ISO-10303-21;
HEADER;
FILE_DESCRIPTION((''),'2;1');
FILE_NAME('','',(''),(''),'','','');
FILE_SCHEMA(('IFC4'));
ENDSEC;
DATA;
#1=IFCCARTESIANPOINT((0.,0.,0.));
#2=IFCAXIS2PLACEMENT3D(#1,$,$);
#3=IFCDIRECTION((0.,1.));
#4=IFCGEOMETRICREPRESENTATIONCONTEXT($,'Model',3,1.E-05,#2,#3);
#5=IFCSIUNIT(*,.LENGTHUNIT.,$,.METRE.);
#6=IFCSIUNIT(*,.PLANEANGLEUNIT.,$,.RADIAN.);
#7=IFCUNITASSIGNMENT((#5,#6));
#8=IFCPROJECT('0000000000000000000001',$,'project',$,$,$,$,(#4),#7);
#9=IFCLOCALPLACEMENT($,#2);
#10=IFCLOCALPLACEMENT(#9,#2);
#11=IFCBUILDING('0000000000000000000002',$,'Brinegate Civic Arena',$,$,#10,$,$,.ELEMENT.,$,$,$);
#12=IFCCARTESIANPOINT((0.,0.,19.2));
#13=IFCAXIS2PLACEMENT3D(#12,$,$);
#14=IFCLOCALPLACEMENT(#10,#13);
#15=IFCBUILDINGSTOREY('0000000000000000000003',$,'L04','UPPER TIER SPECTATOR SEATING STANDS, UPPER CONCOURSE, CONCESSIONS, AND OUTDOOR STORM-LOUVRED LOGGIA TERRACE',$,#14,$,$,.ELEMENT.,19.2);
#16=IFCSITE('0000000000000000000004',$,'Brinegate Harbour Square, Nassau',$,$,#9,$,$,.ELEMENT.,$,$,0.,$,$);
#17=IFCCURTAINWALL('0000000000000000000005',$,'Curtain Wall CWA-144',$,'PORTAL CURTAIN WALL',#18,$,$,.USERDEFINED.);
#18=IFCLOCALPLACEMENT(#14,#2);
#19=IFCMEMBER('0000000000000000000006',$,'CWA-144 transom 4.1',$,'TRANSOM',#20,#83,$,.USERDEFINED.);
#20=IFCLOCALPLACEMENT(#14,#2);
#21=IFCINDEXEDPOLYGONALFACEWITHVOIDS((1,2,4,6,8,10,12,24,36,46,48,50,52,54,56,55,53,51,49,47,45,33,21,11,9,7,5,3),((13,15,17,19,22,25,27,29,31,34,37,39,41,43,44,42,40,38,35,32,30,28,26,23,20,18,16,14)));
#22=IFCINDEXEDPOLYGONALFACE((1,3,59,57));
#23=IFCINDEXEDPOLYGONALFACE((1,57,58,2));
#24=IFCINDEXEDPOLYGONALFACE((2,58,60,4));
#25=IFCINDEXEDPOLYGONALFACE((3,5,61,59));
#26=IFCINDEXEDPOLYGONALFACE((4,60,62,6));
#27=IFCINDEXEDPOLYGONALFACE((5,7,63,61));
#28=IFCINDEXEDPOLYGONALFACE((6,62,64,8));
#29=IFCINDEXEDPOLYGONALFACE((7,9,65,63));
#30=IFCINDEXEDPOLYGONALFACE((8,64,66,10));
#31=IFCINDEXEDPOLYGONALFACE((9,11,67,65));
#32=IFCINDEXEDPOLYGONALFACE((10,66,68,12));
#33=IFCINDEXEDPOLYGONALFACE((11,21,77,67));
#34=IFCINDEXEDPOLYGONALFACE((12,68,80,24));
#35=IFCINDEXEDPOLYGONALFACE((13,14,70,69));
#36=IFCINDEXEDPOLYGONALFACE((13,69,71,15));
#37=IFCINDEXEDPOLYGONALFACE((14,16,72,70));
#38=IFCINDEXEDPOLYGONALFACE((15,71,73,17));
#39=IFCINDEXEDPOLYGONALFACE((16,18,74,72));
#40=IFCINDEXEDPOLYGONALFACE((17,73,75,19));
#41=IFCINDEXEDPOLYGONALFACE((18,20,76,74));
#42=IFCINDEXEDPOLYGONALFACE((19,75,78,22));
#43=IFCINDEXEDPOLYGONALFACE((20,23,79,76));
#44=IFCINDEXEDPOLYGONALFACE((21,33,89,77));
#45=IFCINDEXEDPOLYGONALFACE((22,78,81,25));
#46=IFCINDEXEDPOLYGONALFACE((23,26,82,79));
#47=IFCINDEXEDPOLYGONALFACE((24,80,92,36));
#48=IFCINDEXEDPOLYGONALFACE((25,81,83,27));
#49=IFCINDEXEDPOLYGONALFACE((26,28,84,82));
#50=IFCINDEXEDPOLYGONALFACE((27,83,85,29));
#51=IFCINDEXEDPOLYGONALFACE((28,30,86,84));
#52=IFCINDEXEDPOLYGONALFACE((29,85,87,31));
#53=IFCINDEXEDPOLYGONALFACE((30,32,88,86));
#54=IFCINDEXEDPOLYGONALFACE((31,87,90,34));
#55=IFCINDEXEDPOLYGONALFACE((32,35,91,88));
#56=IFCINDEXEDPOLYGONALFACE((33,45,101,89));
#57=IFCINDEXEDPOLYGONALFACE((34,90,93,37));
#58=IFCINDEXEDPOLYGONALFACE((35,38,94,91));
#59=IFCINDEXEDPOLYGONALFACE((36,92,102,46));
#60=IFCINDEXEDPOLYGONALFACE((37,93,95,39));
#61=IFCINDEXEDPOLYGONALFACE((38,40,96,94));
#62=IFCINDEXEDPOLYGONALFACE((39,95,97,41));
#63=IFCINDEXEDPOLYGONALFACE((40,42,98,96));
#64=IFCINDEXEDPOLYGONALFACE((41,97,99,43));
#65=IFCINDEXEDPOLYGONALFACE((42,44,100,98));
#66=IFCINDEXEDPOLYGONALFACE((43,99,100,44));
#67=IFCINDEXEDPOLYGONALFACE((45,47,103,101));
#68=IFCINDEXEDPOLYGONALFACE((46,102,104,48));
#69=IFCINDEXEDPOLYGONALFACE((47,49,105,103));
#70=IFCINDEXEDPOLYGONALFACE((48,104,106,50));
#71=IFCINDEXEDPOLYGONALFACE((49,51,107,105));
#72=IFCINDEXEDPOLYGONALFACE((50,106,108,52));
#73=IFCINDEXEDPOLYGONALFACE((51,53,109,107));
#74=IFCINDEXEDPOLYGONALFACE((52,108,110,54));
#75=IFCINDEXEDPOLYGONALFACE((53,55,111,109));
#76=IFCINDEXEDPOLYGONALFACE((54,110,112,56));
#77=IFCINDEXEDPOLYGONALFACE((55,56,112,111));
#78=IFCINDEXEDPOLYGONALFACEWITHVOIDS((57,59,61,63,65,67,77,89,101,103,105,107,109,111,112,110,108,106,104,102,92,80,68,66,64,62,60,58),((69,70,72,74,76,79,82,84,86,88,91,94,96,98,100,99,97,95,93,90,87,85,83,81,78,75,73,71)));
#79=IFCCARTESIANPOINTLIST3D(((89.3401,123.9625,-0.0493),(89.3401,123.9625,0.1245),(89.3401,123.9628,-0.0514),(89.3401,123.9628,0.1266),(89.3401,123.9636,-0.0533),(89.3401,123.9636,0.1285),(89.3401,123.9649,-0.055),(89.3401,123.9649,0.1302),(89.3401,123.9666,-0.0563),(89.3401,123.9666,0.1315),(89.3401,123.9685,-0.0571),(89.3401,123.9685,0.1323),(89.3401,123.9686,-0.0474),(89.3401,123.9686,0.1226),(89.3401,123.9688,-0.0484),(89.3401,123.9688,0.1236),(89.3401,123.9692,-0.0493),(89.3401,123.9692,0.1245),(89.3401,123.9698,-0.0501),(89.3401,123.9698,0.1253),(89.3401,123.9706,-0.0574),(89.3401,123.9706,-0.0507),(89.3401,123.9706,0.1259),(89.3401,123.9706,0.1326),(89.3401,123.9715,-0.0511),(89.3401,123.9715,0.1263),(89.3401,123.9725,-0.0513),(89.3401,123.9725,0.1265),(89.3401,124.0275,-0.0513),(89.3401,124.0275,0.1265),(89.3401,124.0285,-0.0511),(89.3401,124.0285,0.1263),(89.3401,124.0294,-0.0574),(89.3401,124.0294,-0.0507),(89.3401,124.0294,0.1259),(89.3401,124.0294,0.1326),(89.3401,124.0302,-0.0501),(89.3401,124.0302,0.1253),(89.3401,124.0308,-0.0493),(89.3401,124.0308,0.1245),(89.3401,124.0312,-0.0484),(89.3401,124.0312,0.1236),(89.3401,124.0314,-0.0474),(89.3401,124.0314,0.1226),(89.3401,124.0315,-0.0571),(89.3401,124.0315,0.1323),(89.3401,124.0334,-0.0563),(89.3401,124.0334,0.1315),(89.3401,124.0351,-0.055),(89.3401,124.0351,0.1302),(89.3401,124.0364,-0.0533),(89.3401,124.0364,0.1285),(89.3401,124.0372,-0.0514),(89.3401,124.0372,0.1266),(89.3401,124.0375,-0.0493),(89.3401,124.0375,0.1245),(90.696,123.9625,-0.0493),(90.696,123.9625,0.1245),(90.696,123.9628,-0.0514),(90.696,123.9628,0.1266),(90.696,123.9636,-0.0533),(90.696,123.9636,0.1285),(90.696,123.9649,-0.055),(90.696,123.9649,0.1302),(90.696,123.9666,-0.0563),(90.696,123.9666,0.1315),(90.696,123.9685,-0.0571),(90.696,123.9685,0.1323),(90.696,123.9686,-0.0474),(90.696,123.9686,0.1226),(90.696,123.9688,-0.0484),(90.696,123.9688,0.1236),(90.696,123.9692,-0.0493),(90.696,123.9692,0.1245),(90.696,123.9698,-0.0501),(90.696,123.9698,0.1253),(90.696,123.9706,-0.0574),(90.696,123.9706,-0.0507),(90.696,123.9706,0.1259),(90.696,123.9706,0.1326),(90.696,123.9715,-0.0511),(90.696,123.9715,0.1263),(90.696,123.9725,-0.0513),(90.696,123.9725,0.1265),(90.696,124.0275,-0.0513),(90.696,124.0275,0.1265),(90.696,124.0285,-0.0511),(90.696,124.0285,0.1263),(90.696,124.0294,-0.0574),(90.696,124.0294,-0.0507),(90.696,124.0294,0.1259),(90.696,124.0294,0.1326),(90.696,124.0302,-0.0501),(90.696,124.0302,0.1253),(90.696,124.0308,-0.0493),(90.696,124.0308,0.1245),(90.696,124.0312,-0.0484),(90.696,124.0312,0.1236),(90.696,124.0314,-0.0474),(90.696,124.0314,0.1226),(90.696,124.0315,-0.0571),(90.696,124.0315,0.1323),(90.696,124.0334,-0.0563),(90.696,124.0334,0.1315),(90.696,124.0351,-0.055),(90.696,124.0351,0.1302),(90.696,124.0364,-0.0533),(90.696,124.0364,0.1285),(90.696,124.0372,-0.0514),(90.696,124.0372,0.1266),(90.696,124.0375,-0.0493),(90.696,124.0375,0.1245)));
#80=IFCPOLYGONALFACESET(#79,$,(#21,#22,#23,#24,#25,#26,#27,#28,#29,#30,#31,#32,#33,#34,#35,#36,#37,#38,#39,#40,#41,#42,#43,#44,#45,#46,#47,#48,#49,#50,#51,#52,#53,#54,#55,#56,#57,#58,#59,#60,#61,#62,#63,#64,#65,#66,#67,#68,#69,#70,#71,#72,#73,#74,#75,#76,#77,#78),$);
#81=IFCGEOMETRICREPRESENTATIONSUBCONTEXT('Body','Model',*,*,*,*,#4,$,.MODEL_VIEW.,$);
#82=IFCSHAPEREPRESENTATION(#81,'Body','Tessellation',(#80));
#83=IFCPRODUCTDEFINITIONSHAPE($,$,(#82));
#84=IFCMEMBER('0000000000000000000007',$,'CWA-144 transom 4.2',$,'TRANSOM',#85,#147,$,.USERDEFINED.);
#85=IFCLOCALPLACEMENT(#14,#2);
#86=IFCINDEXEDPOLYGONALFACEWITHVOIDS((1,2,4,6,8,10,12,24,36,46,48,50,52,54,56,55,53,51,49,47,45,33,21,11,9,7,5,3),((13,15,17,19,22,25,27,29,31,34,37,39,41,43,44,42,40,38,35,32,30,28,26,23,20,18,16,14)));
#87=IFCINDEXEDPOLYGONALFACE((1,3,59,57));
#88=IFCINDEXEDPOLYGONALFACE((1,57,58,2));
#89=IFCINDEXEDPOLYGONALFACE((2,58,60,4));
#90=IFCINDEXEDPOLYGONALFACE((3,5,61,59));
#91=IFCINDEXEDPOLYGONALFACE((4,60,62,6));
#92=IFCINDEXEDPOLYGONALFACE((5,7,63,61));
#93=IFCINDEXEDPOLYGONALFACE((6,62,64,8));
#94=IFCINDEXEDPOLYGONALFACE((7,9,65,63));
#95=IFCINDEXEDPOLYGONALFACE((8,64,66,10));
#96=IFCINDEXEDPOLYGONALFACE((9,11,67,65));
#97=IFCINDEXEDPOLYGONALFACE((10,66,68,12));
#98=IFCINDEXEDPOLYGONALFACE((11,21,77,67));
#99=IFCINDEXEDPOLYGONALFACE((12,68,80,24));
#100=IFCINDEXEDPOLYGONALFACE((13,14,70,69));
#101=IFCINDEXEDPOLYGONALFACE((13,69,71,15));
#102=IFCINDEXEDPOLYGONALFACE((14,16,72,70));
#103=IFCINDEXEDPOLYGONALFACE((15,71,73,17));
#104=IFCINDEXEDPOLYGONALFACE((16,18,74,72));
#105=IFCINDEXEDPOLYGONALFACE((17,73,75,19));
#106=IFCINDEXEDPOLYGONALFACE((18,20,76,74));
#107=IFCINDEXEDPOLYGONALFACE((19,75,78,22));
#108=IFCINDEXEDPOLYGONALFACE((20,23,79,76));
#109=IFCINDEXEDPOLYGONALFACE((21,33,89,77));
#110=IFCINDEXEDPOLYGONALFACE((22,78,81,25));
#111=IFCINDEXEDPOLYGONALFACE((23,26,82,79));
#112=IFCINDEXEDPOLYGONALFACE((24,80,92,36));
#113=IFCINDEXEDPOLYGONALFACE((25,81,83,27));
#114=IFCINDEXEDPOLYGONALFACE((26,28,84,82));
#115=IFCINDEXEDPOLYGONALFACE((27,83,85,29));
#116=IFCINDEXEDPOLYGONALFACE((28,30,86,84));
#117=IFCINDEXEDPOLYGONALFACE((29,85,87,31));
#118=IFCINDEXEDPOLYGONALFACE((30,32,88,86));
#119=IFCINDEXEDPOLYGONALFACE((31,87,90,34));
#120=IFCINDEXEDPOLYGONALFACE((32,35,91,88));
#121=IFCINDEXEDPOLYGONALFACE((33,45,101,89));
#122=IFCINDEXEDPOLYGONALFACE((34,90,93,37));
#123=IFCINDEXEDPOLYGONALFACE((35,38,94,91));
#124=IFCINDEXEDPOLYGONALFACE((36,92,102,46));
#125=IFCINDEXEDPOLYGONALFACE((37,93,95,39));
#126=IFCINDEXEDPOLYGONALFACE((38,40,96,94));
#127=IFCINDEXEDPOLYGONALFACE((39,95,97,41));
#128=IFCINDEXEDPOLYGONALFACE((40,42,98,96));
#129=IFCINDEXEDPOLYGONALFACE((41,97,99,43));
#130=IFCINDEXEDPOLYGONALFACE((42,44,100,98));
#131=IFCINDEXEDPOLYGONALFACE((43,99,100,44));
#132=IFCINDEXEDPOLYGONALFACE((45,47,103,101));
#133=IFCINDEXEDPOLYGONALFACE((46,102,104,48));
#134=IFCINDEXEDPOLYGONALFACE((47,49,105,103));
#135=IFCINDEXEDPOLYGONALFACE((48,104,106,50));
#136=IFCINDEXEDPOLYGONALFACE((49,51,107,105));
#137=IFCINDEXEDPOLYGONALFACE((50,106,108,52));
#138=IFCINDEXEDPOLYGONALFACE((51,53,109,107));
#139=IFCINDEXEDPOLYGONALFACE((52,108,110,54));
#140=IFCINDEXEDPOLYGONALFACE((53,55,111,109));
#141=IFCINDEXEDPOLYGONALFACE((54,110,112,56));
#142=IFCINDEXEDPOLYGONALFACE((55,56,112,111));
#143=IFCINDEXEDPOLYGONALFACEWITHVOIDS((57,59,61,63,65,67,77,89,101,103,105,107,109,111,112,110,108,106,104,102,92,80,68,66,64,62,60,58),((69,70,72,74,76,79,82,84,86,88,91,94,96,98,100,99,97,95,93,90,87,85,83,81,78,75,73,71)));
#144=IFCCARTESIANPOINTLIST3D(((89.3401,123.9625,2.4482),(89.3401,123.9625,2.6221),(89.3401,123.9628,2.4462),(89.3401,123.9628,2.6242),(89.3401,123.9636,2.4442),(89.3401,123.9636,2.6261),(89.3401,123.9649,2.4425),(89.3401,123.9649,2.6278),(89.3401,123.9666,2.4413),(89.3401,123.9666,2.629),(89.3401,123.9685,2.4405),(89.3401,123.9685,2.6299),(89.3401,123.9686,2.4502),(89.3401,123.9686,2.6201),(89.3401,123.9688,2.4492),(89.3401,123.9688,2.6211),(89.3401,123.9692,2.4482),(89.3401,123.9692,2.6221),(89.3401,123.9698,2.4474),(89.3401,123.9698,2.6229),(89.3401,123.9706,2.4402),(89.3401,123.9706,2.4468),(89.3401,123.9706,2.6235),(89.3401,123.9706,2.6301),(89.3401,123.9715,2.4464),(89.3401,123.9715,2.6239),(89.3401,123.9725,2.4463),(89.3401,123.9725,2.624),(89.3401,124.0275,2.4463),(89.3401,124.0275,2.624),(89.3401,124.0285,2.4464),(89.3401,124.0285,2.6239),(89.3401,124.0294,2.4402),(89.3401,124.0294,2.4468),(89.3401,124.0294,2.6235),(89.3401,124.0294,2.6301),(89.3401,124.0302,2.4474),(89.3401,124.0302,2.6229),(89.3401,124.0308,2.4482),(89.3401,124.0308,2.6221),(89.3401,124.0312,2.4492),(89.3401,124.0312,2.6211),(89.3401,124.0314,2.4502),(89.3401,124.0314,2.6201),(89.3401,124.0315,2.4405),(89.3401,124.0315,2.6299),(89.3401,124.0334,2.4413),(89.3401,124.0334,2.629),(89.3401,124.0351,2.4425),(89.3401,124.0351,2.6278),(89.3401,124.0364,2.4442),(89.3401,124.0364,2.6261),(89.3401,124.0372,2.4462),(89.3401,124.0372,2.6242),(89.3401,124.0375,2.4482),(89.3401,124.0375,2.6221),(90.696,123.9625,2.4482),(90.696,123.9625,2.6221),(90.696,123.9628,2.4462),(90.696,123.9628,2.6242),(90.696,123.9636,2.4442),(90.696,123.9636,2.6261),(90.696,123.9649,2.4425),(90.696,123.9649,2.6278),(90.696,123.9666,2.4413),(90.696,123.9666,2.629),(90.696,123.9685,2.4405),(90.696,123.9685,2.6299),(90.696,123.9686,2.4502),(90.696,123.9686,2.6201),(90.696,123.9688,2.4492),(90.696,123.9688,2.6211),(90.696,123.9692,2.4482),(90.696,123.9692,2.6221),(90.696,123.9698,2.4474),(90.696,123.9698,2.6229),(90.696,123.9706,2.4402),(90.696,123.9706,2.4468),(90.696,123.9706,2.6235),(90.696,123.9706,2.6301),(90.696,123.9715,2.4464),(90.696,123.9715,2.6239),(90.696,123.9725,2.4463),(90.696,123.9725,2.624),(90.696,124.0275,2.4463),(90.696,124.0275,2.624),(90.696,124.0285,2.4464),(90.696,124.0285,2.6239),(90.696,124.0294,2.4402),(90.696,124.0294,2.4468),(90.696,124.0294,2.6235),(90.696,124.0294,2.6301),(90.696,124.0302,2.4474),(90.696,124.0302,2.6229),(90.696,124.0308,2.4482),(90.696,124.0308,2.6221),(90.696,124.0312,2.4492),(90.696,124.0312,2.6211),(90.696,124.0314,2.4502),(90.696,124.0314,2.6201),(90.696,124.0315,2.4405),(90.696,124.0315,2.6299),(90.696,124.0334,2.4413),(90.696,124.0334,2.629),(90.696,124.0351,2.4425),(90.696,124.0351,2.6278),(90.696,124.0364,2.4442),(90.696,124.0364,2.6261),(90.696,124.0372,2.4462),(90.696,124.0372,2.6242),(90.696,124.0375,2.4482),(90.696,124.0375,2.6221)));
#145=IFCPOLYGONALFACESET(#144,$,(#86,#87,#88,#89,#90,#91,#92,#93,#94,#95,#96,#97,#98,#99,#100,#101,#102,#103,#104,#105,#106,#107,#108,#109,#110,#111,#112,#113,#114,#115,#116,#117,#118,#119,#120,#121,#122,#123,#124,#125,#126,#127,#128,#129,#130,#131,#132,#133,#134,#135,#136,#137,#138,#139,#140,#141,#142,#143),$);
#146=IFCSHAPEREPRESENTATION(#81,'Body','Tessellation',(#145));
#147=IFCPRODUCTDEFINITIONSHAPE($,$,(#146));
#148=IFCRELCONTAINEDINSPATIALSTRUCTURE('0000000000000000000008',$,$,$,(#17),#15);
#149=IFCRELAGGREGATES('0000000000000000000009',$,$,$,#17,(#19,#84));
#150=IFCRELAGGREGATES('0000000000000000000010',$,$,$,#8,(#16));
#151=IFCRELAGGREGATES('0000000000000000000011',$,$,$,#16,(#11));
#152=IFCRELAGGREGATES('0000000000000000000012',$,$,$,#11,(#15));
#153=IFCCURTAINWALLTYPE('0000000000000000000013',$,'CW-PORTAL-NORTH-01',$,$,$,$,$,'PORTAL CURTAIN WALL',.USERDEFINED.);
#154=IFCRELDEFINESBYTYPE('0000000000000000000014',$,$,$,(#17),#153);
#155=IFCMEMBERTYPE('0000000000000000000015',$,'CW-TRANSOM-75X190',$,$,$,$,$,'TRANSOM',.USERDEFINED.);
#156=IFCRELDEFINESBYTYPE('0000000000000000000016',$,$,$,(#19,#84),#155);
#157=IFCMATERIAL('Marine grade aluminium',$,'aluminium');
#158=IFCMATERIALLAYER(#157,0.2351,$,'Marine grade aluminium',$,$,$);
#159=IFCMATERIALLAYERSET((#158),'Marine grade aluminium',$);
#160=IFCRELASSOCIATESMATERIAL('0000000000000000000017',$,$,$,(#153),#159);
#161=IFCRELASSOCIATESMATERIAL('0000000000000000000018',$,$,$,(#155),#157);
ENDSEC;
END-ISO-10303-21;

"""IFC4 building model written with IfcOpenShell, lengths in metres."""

from ifc_helpers import new_model, si_unit, direction, frame, origin, origin_2d, place, context, subcontext, project, spatial, hollow_rectangle, extrude, material, layer, layer_set, material_profile, profile_set, type_object, element, aggregate, save


model = new_model("IFC4")

# Units and contexts
model_context = context("Model", 3, precision=1e-05, world=origin(), true_north=direction((0.0, 1.0)))
body_context = subcontext(model_context, "Body", "Model", "MODEL_VIEW")
ifc_project = project(units=[si_unit("LENGTHUNIT", "METRE"), si_unit("PLANEANGLEUNIT", "RADIAN")], contexts=[model_context])

# Site, building, storey
site_placement = place(None, origin())
site = spatial("IfcSite", under=ifc_project, at=site_placement, Name="Brinegate Harbour Square, Nassau", CompositionType="ELEMENT", RefElevation=0.0)
building_placement = place(site_placement, origin())
building = spatial("IfcBuilding", under=site, at=building_placement, Name="Brinegate Civic Arena", CompositionType="ELEMENT")
storey_placement = place(building_placement, frame((0.0, 0.0, 19.2)))
storey = spatial("IfcBuildingStorey", under=building, at=storey_placement, Name="L04", Description="UPPER TIER SPECTATOR SEATING STANDS, UPPER CONCOURSE, CONCESSIONS, AND OUTDOOR STORM-LOUVRED LOGGIA TERRACE", CompositionType="ELEMENT", Elevation=19.2)

# Curtain wall, members
ifc_material_1 = material(Name="Marine grade aluminium", Category="aluminium")
ifc_layer_1 = layer(ifc_material_1, 0.2351, Name="Marine grade aluminium")
ifc_layer_set_1 = layer_set([ifc_layer_1], Name="Marine grade aluminium")
curtain_wall_type = type_object("IfcCurtainWallType", Name="CW-PORTAL-NORTH-01", ElementType="PORTAL CURTAIN WALL", PredefinedType="USERDEFINED", material=ifc_layer_set_1)
curtain_wall_placement = place(storey_placement, origin())
curtain_wall = element("IfcCurtainWall", 1, at=curtain_wall_placement, inside=storey, type_object=curtain_wall_type, Name="Curtain Wall CWA-144", ObjectType="PORTAL CURTAIN WALL", PredefinedType="USERDEFINED")
ifc_material_profile_1 = material_profile(ifc_material_1, hollow_rectangle(XDim=0.075, YDim=0.1899, WallThickness=0.0061, InnerFilletRadius=0.0039, OuterFilletRadius=0.0081, at=origin_2d()), Name="TRN75X190")
ifc_profile_set_1 = profile_set([ifc_material_profile_1], Name="Marine grade aluminium")
member_type_1 = type_object("IfcMemberType", Name="CW-TRANSOM-75X190", ElementType="TRANSOM", PredefinedType="USERDEFINED", material=ifc_profile_set_1)
member_1_placement = place(storey_placement, frame((89.3401, 124.0, 0.0376), z_axis=(1.0, 0.0, 0.0), x_axis=(0.0, 1.0, 0.0)))
member_1 = element("IfcMember", 2, at=member_1_placement, type_object=member_type_1, Name="CWA-144 transom 4.1", ObjectType="TRANSOM", PredefinedType="USERDEFINED", context=body_context, shape_type="SweptSolid", body=[
    extrude(hollow_rectangle(XDim=0.075, YDim=0.1899, WallThickness=0.0061, InnerFilletRadius=0.0039, OuterFilletRadius=0.0081, at=origin_2d()), origin(), (0.0, 0.0, 1.0), 1.356),
])
member_2_placement = place(storey_placement, frame((89.3401, 124.0, 2.5352), z_axis=(1.0, 0.0, 0.0), x_axis=(0.0, 1.0, 0.0)))
member_2 = element("IfcMember", 3, at=member_2_placement, type_object=member_type_1, Name="CWA-144 transom 4.2", ObjectType="TRANSOM", PredefinedType="USERDEFINED", context=body_context, shape_type="SweptSolid", body=[
    extrude(hollow_rectangle(XDim=0.075, YDim=0.1899, WallThickness=0.0061, InnerFilletRadius=0.0039, OuterFilletRadius=0.0081, at=origin_2d()), origin(), (0.0, 0.0, 1.0), 1.356),
])
aggregate(curtain_wall, [member_1, member_2])

save(model, "model.ifc")
